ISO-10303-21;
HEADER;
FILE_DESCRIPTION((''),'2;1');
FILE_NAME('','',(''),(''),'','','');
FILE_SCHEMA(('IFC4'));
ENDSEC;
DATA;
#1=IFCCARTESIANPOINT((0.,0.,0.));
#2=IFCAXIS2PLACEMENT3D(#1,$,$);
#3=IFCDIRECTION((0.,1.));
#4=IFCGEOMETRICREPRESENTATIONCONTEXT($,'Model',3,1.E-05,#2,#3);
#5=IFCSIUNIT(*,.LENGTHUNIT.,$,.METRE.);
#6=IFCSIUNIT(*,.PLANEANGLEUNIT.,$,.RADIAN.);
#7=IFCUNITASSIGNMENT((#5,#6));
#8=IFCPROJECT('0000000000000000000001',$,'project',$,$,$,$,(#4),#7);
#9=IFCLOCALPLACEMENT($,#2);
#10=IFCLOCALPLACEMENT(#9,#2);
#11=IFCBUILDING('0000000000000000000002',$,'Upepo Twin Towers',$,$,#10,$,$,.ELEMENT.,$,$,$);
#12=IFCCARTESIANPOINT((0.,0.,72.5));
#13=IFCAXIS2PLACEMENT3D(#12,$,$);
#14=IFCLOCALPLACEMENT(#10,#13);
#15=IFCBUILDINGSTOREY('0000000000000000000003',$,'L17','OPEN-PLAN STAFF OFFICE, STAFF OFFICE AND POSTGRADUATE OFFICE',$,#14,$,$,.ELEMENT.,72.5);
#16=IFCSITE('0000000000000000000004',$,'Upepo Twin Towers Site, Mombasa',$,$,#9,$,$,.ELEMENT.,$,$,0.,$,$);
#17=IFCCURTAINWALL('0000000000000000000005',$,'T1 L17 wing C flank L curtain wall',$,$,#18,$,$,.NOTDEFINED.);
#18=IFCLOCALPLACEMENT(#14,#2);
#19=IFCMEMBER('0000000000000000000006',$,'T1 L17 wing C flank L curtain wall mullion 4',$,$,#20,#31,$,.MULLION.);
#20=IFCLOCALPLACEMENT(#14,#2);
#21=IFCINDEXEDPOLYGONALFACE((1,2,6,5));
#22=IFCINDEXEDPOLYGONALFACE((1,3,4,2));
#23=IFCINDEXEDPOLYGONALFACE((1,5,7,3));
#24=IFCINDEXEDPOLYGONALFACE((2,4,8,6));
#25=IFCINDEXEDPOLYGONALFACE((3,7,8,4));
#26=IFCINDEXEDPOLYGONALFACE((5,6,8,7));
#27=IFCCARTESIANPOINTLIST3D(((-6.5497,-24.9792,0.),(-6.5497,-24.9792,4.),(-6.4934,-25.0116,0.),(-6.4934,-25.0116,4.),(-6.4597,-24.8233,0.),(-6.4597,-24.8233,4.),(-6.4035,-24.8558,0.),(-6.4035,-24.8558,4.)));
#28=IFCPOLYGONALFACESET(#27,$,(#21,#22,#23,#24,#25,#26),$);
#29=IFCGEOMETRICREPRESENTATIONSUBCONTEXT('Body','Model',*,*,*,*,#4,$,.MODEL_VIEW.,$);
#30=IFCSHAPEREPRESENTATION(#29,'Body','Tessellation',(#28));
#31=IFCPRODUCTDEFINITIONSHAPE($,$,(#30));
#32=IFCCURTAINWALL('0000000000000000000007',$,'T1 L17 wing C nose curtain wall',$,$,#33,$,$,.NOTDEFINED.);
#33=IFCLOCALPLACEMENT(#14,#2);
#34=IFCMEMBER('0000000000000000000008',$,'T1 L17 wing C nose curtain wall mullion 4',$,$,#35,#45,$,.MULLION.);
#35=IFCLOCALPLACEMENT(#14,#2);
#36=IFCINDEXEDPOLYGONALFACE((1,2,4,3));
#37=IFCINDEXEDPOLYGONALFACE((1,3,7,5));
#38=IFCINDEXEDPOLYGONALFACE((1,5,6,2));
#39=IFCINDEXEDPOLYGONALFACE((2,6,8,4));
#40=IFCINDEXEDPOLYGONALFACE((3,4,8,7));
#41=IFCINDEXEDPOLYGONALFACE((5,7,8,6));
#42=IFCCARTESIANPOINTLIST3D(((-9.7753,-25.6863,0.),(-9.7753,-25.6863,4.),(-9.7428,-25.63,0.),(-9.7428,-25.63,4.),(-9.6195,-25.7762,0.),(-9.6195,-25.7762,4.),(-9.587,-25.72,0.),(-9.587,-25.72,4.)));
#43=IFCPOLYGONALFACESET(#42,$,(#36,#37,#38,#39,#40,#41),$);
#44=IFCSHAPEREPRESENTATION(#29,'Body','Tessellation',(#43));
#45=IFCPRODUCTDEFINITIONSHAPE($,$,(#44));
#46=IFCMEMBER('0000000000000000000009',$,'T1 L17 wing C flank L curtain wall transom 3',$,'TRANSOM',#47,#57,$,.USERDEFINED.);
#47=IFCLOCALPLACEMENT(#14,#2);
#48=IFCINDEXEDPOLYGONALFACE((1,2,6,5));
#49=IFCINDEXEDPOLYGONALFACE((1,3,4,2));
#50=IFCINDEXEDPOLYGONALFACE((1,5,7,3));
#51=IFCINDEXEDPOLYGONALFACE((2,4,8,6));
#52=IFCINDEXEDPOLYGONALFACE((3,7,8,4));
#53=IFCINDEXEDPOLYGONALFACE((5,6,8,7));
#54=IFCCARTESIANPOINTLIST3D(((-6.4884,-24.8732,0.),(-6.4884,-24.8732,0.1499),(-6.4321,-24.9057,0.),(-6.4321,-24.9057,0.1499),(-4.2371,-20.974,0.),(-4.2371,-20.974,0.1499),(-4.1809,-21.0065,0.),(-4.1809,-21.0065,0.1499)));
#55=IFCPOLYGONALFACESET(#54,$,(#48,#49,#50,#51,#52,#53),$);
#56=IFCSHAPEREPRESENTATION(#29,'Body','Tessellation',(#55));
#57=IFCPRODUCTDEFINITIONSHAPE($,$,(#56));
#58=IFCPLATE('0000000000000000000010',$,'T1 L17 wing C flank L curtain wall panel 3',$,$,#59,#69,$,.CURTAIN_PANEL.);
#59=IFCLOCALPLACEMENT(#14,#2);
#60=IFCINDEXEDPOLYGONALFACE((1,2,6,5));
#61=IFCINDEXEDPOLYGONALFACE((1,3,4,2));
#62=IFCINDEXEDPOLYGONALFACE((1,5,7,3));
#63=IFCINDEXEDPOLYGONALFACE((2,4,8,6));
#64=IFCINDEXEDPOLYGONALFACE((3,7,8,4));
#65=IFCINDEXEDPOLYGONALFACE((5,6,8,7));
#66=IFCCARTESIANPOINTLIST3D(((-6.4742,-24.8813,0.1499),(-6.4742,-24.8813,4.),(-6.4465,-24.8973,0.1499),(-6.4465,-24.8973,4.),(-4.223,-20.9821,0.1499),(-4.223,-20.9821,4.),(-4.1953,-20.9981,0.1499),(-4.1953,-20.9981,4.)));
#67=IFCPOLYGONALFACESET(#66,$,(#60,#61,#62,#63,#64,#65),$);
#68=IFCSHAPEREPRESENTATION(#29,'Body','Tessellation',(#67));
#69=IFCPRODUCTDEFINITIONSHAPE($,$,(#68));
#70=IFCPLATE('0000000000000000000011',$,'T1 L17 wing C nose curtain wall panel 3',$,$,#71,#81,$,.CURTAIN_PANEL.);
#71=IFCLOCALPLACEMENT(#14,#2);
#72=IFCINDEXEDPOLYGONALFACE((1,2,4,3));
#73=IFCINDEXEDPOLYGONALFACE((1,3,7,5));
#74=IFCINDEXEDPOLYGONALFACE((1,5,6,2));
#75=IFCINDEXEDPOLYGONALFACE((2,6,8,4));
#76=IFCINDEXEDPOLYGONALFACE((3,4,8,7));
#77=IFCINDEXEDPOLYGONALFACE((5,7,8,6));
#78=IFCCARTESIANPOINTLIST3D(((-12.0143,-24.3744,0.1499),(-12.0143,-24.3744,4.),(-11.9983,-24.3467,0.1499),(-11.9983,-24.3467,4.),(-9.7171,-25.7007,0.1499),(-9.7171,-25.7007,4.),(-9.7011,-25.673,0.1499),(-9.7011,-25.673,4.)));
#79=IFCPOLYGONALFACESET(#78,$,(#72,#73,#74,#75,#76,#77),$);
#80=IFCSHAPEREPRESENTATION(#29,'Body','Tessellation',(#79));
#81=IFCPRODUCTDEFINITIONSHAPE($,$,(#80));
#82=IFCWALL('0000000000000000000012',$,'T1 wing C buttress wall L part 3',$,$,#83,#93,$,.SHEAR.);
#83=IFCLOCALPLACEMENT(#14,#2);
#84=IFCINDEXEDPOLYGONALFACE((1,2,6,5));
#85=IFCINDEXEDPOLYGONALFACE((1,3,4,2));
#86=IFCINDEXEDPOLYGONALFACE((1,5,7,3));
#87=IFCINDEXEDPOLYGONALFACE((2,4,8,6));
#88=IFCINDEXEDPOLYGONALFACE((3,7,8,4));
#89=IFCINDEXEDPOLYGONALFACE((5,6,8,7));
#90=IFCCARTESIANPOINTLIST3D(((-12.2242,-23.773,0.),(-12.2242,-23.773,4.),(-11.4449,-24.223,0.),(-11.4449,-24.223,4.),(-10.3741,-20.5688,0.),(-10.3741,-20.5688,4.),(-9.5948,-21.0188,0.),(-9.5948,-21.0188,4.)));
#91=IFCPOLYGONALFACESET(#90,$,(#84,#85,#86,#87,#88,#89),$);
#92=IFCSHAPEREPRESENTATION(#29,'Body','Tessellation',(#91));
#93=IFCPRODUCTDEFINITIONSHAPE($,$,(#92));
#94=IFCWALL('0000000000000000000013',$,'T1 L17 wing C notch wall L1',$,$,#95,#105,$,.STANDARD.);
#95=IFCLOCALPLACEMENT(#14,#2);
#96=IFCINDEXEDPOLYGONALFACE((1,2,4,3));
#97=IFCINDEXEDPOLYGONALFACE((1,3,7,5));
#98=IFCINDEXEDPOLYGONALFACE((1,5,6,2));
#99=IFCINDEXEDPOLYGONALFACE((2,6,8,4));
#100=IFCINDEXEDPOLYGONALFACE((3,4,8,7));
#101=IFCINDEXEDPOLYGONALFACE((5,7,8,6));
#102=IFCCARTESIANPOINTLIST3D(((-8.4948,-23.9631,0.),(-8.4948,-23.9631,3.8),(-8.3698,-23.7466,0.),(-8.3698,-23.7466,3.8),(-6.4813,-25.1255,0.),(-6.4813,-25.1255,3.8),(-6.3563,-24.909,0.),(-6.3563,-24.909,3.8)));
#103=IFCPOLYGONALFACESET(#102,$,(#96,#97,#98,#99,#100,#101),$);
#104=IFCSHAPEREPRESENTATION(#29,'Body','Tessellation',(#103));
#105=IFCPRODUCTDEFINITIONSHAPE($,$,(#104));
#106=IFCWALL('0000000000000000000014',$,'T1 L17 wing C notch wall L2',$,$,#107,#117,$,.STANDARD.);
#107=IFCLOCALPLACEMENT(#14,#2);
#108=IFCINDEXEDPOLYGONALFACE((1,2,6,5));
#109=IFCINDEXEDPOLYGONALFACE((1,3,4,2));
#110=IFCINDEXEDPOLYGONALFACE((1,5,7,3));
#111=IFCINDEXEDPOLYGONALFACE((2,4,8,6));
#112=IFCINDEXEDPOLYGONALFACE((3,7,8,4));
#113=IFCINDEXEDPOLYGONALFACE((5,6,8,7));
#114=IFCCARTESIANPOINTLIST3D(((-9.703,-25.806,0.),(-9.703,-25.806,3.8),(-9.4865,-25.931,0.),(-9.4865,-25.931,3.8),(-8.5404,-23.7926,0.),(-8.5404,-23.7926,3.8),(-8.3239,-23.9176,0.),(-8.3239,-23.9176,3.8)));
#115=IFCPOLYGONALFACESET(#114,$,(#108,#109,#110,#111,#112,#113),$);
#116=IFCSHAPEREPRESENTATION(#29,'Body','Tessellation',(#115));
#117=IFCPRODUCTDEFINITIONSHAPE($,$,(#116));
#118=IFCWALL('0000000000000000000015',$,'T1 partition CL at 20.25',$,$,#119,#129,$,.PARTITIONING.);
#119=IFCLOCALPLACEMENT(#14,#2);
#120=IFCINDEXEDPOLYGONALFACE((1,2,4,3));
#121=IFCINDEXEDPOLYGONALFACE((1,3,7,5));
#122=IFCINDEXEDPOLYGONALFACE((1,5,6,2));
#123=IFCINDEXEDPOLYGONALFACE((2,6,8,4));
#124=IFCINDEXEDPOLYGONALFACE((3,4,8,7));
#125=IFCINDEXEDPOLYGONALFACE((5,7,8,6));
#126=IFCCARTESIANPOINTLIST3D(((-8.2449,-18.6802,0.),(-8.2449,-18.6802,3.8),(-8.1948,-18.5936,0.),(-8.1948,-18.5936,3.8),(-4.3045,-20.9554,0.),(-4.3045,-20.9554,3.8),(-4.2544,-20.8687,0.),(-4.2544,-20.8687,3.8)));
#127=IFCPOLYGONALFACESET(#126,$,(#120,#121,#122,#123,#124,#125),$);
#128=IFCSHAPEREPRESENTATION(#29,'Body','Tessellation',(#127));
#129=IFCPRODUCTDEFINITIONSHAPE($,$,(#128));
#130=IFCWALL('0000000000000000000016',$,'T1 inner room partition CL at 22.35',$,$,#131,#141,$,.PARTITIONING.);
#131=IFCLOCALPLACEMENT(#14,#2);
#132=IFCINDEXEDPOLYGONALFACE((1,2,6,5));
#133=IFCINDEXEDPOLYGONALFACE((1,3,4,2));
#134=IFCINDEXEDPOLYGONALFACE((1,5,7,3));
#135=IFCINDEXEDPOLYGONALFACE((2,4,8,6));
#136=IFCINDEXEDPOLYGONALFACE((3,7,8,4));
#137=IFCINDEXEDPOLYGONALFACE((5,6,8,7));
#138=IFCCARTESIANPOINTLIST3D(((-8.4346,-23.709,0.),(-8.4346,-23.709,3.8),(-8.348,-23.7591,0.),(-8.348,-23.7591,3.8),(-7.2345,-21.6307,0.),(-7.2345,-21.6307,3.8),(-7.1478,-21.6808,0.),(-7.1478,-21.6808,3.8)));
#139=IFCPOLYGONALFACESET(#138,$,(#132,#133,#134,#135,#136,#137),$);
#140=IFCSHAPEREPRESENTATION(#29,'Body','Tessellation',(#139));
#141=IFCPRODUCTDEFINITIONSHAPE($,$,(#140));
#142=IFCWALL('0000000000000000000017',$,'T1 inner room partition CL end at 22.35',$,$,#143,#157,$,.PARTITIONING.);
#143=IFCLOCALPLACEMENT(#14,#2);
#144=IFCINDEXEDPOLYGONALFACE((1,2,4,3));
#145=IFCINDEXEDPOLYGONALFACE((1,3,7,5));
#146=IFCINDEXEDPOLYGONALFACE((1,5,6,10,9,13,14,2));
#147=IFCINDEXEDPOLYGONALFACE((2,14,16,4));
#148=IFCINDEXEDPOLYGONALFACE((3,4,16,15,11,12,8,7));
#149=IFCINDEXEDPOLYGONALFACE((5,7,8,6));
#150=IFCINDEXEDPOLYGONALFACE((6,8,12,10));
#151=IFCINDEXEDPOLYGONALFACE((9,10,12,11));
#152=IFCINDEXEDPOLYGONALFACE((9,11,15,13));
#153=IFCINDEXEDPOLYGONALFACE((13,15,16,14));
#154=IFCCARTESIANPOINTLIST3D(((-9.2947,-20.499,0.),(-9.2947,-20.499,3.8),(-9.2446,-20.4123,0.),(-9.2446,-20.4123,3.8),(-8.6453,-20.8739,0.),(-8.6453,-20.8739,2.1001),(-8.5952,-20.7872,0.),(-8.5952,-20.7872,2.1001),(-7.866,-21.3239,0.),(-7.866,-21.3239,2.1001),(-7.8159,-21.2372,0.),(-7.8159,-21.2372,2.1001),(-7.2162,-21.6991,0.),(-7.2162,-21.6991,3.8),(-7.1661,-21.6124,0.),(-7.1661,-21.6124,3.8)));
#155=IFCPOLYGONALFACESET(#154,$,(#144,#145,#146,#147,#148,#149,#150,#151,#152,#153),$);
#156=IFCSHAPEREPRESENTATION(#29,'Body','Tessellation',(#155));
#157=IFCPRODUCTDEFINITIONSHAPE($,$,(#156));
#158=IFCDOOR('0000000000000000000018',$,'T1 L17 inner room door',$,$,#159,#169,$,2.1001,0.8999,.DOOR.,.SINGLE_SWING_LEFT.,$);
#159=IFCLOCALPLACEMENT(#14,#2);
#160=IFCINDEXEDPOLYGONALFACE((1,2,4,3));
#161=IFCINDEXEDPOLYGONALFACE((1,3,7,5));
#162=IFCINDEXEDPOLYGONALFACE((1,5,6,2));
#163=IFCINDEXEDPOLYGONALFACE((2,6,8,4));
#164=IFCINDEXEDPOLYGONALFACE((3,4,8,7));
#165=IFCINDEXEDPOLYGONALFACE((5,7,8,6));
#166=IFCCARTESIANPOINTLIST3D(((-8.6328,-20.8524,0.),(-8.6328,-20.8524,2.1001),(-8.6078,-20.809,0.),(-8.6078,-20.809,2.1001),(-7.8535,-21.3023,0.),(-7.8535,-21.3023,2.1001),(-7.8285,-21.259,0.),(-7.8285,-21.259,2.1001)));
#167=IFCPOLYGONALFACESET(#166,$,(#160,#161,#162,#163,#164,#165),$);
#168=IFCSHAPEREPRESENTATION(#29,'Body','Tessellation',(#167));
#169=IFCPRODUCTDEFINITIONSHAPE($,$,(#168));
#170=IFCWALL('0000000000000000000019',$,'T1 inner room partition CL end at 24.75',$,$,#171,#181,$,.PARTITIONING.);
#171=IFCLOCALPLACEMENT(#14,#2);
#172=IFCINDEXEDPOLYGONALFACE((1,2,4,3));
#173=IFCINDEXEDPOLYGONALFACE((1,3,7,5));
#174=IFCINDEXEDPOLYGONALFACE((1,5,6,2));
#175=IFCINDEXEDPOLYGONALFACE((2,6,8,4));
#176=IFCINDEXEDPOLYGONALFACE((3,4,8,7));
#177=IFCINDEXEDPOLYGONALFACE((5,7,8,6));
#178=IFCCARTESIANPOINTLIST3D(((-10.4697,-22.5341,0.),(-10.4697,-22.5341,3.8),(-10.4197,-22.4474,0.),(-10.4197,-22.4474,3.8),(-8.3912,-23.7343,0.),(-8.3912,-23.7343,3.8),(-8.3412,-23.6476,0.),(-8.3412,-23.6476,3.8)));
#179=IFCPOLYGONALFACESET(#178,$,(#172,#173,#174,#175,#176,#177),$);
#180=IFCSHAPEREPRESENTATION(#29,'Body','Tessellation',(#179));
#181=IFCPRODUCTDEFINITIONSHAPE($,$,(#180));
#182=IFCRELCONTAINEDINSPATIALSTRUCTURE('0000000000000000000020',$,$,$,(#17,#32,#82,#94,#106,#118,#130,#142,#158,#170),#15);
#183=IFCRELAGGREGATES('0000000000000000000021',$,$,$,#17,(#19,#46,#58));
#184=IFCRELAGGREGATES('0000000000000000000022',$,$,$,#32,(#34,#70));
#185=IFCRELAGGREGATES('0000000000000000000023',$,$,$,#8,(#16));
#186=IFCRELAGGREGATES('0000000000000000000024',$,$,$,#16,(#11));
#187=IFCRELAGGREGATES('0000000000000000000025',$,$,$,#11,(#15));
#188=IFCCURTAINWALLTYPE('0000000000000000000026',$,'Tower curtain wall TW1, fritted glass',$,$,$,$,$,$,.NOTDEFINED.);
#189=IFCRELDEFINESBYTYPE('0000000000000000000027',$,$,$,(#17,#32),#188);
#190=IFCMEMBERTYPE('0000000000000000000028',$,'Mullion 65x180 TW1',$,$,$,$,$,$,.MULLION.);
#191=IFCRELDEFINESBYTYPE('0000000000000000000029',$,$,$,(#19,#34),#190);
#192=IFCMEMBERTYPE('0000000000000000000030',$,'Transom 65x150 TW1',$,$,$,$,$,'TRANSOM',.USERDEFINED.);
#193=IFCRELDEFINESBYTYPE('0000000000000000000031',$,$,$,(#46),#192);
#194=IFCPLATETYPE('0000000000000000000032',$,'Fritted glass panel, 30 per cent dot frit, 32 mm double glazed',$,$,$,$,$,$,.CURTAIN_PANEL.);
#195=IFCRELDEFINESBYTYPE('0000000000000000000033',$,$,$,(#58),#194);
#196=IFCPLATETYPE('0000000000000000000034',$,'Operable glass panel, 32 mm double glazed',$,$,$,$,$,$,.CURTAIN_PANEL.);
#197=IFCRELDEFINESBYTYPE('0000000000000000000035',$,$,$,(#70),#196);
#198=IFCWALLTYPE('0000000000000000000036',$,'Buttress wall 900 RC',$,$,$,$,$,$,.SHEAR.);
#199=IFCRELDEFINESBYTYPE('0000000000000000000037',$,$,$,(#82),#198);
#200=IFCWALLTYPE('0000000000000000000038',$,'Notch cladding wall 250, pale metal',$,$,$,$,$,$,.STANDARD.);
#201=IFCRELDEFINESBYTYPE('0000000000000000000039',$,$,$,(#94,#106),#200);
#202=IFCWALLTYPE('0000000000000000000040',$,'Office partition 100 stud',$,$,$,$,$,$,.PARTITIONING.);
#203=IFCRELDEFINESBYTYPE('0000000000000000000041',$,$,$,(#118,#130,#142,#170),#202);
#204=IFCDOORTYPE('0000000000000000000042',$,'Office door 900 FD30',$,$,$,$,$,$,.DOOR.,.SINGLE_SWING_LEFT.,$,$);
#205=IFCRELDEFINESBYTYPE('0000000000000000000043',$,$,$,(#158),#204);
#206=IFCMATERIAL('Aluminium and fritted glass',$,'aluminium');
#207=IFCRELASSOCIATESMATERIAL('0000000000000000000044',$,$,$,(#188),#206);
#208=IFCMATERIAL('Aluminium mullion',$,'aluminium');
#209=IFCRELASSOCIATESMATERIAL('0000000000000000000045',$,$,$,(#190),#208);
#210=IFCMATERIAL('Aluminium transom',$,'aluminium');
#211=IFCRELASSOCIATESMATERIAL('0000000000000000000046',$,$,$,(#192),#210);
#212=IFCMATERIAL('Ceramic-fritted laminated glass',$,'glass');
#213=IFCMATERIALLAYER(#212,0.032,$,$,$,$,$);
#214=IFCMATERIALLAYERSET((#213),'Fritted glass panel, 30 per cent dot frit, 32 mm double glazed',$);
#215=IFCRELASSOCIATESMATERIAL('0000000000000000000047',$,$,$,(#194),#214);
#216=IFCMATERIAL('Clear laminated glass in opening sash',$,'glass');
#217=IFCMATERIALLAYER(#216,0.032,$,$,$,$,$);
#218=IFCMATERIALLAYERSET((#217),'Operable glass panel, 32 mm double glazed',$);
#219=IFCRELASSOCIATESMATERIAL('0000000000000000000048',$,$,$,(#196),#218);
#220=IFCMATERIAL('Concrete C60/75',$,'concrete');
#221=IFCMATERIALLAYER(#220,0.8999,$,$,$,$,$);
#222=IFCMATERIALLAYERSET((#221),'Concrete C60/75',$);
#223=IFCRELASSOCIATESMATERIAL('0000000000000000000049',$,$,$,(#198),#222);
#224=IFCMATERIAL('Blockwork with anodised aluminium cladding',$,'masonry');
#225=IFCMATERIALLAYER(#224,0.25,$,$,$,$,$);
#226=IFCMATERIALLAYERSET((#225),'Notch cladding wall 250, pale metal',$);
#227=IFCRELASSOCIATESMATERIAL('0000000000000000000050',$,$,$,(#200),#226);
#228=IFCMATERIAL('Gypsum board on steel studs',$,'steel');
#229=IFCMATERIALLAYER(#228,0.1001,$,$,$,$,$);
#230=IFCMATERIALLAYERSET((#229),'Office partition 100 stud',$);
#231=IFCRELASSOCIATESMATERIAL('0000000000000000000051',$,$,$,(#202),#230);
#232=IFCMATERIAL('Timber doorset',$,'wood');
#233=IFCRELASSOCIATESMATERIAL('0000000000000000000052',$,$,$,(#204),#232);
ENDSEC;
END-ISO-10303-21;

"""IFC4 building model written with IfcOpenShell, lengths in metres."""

from ifc_helpers import new_model, si_unit, direction, frame, frame_2d, origin, origin_2d, place, context, subcontext, project, spatial, rectangle, extrude, material, layer, layer_set, material_profile, profile_set, type_object, element, fill, aggregate, save


model = new_model("IFC4")

# Units and contexts
model_context = context("Model", 3, precision=1e-05, world=origin(), true_north=direction((0.0, 1.0)))
body_context = subcontext(model_context, "Body", "Model", "MODEL_VIEW")
ifc_project = project(units=[si_unit("LENGTHUNIT", "METRE"), si_unit("PLANEANGLEUNIT", "RADIAN")], contexts=[model_context])

# Site, building, storey
site_placement = place(None, origin())
site = spatial("IfcSite", under=ifc_project, at=site_placement, Name="Upepo Twin Towers Site, Mombasa", CompositionType="ELEMENT", RefElevation=0.0)
building_placement = place(site_placement, origin())
building = spatial("IfcBuilding", under=site, at=building_placement, Name="Upepo Twin Towers", CompositionType="ELEMENT")
storey_placement = place(building_placement, frame((0.0, 0.0, 72.5)))
storey = spatial("IfcBuildingStorey", under=building, at=storey_placement, Name="L17", Description="OPEN-PLAN STAFF OFFICE, STAFF OFFICE AND POSTGRADUATE OFFICE", CompositionType="ELEMENT", Elevation=72.5)

# Curtain wall, member
ifc_material_1 = material(Name="Aluminium and fritted glass", Category="aluminium")
curtain_wall_type = type_object("IfcCurtainWallType", Name="Tower curtain wall TW1, fritted glass", PredefinedType="NOTDEFINED", material=ifc_material_1)
curtain_wall_1_placement = place(storey_placement, origin())
curtain_wall_1 = element("IfcCurtainWall", 1, at=curtain_wall_1_placement, inside=storey, type_object=curtain_wall_type, Name="T1 L17 wing C flank L curtain wall", PredefinedType="NOTDEFINED")
ifc_material_2 = material(Name="Aluminium mullion", Category="aluminium")
ifc_material_profile_1 = material_profile(ifc_material_2, rectangle(XDim=0.0649, YDim=0.1799, at=origin_2d()), Name="MULLION 65x180")
ifc_profile_set_1 = profile_set([ifc_material_profile_1], Name="Aluminium mullion")
member_type_1 = type_object("IfcMemberType", Name="Mullion 65x180 TW1", PredefinedType="MULLION", material=ifc_profile_set_1)
member_1_placement = place(storey_placement, frame((-6.4766, -24.9175, 0.0), z_axis=(0.0, 0.0, 1.0), x_axis=(0.866025, -0.5, 0.0)))
member_1 = element("IfcMember", 2, at=member_1_placement, type_object=member_type_1, Name="T1 L17 wing C flank L curtain wall mullion 4", PredefinedType="MULLION", context=body_context, shape_type="SweptSolid", body=[
    extrude(rectangle(XDim=0.0649, YDim=0.1799, at=origin_2d()), origin(), (0.0, 0.0, 1.0), 4.0),
])

# Curtain wall, member
curtain_wall_2_placement = place(storey_placement, origin())
curtain_wall_2 = element("IfcCurtainWall", 3, at=curtain_wall_2_placement, inside=storey, type_object=curtain_wall_type, Name="T1 L17 wing C nose curtain wall", PredefinedType="NOTDEFINED")
member_2_placement = place(storey_placement, frame((-9.6812, -25.7031, 0.0), z_axis=(0.0, 0.0, 1.0), x_axis=(0.5, 0.866025, 0.0)))
member_2 = element("IfcMember", 4, at=member_2_placement, type_object=member_type_1, Name="T1 L17 wing C nose curtain wall mullion 4", PredefinedType="MULLION", context=body_context, shape_type="SweptSolid", body=[
    extrude(rectangle(XDim=0.0649, YDim=0.1799, at=origin_2d()), origin(), (0.0, 0.0, 1.0), 4.0),
])

# Member
ifc_material_3 = material(Name="Aluminium transom", Category="aluminium")
ifc_material_profile_2 = material_profile(ifc_material_3, rectangle(XDim=0.0649, YDim=0.1499, at=origin_2d()), Name="TRANSOM 65x150")
ifc_profile_set_2 = profile_set([ifc_material_profile_2], Name="Aluminium transom")
member_type_2 = type_object("IfcMemberType", Name="Transom 65x150 TW1", ElementType="TRANSOM", PredefinedType="USERDEFINED", material=ifc_profile_set_2)
member_3_placement = place(storey_placement, frame((-4.209, -20.9902, 0.075), z_axis=(-0.500006, -0.866022, 0.0), x_axis=(0.866022, -0.500006, 0.0)))
member_3 = element("IfcMember", 5, at=member_3_placement, type_object=member_type_2, Name="T1 L17 wing C flank L curtain wall transom 3", ObjectType="TRANSOM", PredefinedType="USERDEFINED", context=body_context, shape_type="SweptSolid", body=[
    extrude(rectangle(XDim=0.0649, YDim=0.1499, at=origin_2d()), origin(), (0.0, 0.0, 1.0), 4.5024),
])

# Plates
ifc_material_4 = material(Name="Ceramic-fritted laminated glass", Category="glass")
ifc_layer_1 = layer(ifc_material_4, 0.032)
ifc_layer_set_1 = layer_set([ifc_layer_1], Name="Fritted glass panel, 30 per cent dot frit, 32 mm double glazed")
plate_type_1 = type_object("IfcPlateType", Name="Fritted glass panel, 30 per cent dot frit, 32 mm double glazed", PredefinedType="CURTAIN_PANEL", material=ifc_layer_set_1)
plate_1_placement = place(storey_placement, frame((-5.3347, -22.9397, 0.1499), z_axis=(0.0, 0.0, 1.0), x_axis=(-0.5, -0.866025, 0.0)))
plate_1 = element("IfcPlate", 6, at=plate_1_placement, type_object=plate_type_1, Name="T1 L17 wing C flank L curtain wall panel 3", PredefinedType="CURTAIN_PANEL", context=body_context, shape_type="SweptSolid", body=[
    extrude(rectangle(XDim=4.5024, YDim=0.032, at=origin_2d()), origin(), (0.0, 0.0, 1.0), 3.8501),
])
aggregate(curtain_wall_1, [member_1, member_3, plate_1])
ifc_material_5 = material(Name="Clear laminated glass in opening sash", Category="glass")
ifc_layer_2 = layer(ifc_material_5, 0.032)
ifc_layer_set_2 = layer_set([ifc_layer_2], Name="Operable glass panel, 32 mm double glazed")
plate_type_2 = type_object("IfcPlateType", Name="Operable glass panel, 32 mm double glazed", PredefinedType="CURTAIN_PANEL", material=ifc_layer_set_2)
plate_2_placement = place(storey_placement, frame((-10.8577, -25.0237, 0.1499), z_axis=(0.0, 0.0, 1.0), x_axis=(0.866025, -0.5, 0.0)))
plate_2 = element("IfcPlate", 7, at=plate_2_placement, type_object=plate_type_2, Name="T1 L17 wing C nose curtain wall panel 3", PredefinedType="CURTAIN_PANEL", context=body_context, shape_type="SweptSolid", body=[
    extrude(rectangle(XDim=2.6526, YDim=0.032, at=origin_2d()), origin(), (0.0, 0.0, 1.0), 3.8501),
])
aggregate(curtain_wall_2, [member_2, plate_2])

# Walls
ifc_material_6 = material(Name="Concrete C60/75", Category="concrete")
ifc_layer_3 = layer(ifc_material_6, 0.8999)
ifc_layer_set_3 = layer_set([ifc_layer_3], Name="Concrete C60/75")
wall_type_1 = type_object("IfcWallType", Name="Buttress wall 900 RC", PredefinedType="SHEAR", material=ifc_layer_set_3)
wall_1_placement = place(storey_placement, frame((-9.9844, -20.7937, 0.0), z_axis=(0.0, 0.0, 1.0), x_axis=(-0.500042, -0.866001, 0.0)))
element("IfcWall", 8, at=wall_1_placement, inside=storey, type_object=wall_type_1, Name="T1 wing C buttress wall L part 3", PredefinedType="SHEAR", context=body_context, shape_type="SweptSolid", body=[
    extrude(rectangle(XDim=3.7, YDim=0.8999, at=frame_2d((1.8501, 0.0))), origin(), (0.0, 0.0, 1.0), 4.0),
])
ifc_material_7 = material(Name="Blockwork with anodised aluminium cladding", Category="masonry")
ifc_layer_4 = layer(ifc_material_7, 0.25)
ifc_layer_set_4 = layer_set([ifc_layer_4], Name="Notch cladding wall 250, pale metal")
wall_type_2 = type_object("IfcWallType", Name="Notch cladding wall 250, pale metal", PredefinedType="STANDARD", material=ifc_layer_set_4)
for number, where, z_axis, x_axis, name in (
    (9, (-6.4187, -25.0173, 0.0), (0.0, 0.0, 1.0), (-0.866044, 0.499968, 0.0), "T1 L17 wing C notch wall L1"),
    (10, (-8.4321, -23.855, 0.0), (0.0, 0.0, 1.0), (-0.500047, -0.865998, 0.0), "T1 L17 wing C notch wall L2"),
):
    element("IfcWall", number, at=place(storey_placement, frame(where, z_axis=z_axis, x_axis=x_axis)), inside=storey, type_object=wall_type_2, Name=name, PredefinedType="STANDARD", context=body_context, shape_type="SweptSolid", body=[
        extrude(rectangle(XDim=2.325, YDim=0.25, at=frame_2d((1.1626, 0.0))), origin(), (0.0, 0.0, 1.0), 3.8),
    ])
ifc_material_8 = material(Name="Gypsum board on steel studs", Category="steel")
ifc_layer_5 = layer(ifc_material_8, 0.1001)
ifc_layer_set_5 = layer_set([ifc_layer_5], Name="Office partition 100 stud")
wall_type_3 = type_object("IfcWallType", Name="Office partition 100 stud", PredefinedType="PARTITIONING", material=ifc_layer_set_5)
wall_2_placement = place(storey_placement, frame((-8.2197, -18.637, 0.0), z_axis=(0.0, 0.0, 1.0), x_axis=(0.866012, -0.500023, 0.0)))
element("IfcWall", 11, at=wall_2_placement, inside=storey, type_object=wall_type_3, Name="T1 partition CL at 20.25", PredefinedType="PARTITIONING", context=body_context, shape_type="SweptSolid", body=[
    extrude(rectangle(XDim=4.55, YDim=0.1001, at=frame_2d((2.2749, 0.0))), origin(), (0.0, 0.0, 1.0), 3.8),
])
wall_3_placement = place(storey_placement, frame((-7.1912, -21.6558, 0.0), z_axis=(0.0, 0.0, 1.0), x_axis=(-0.500078, -0.865981, 0.0)))
element("IfcWall", 12, at=wall_3_placement, inside=storey, type_object=wall_type_3, Name="T1 inner room partition CL at 22.35", PredefinedType="PARTITIONING", context=body_context, shape_type="SweptSolid", body=[
    extrude(rectangle(XDim=2.3999, YDim=0.1001, at=frame_2d((1.2, 0.0))), origin(), (0.0, 0.0, 1.0), 3.8),
])

# Wall, opening, door
wall_4_placement = place(storey_placement, frame((-9.2698, -20.4556, 0.0), z_axis=(0.0, 0.0, 1.0), x_axis=(0.866006, -0.500034, 0.0)))
wall_4 = element("IfcWall", 13, at=wall_4_placement, inside=storey, type_object=wall_type_3, Name="T1 inner room partition CL end at 22.35", PredefinedType="PARTITIONING", context=body_context, shape_type="SweptSolid", body=[
    extrude(rectangle(XDim=2.4001, YDim=0.1001, at=frame_2d((1.2002, 0.0))), origin(), (0.0, 0.0, 1.0), 3.8),
])
opening_placement = place(wall_4_placement, frame((0.75, 0.0, 0.0)))
opening = element("IfcOpeningElement", 14, at=opening_placement, cuts=wall_4, PredefinedType="OPENING", context=body_context, shape_type="SweptSolid", body=[
    extrude(rectangle(XDim=0.8999, YDim=2.1001, at=frame_2d((0.45, 1.05))), frame((0.0, 0.0601, 0.0), z_axis=(0.0, -1.0, 0.0), x_axis=(1.0, 0.0, 0.0)), (0.0, 0.0, 1.0), 0.1201),
])
ifc_material_9 = material(Name="Timber doorset", Category="wood")
door_type = type_object("IfcDoorType", Name="Office door 900 FD30", OperationType="SINGLE_SWING_LEFT", PredefinedType="DOOR", material=ifc_material_9)
door_placement = place(opening_placement, origin())
door = element("IfcDoor", 15, at=door_placement, inside=storey, type_object=door_type, Name="T1 L17 inner room door", OperationType="SINGLE_SWING_LEFT", OverallHeight=2.1001, OverallWidth=0.8999, PredefinedType="DOOR", context=body_context, shape_type="SweptSolid", body=[
    extrude(rectangle(XDim=0.8999, YDim=2.1001, at=frame_2d((0.45, 1.05))), frame((0.0, 0.0249, 0.0), z_axis=(0.0, -1.0, 0.0), x_axis=(1.0, 0.0, 0.0)), (0.0, 0.0, 1.0), 0.05),
])
fill(opening, door)

# Wall
wall_5_placement = place(storey_placement, frame((-10.4448, -22.4907, 0.0), z_axis=(0.0, 0.0, 1.0), x_axis=(0.866006, -0.500034, 0.0)))
element("IfcWall", 16, at=wall_5_placement, inside=storey, type_object=wall_type_3, Name="T1 inner room partition CL end at 24.75", PredefinedType="PARTITIONING", context=body_context, shape_type="SweptSolid", body=[
    extrude(rectangle(XDim=2.4001, YDim=0.1001, at=frame_2d((1.2002, 0.0))), origin(), (0.0, 0.0, 1.0), 3.8),
])

save(model, "model.ifc")
